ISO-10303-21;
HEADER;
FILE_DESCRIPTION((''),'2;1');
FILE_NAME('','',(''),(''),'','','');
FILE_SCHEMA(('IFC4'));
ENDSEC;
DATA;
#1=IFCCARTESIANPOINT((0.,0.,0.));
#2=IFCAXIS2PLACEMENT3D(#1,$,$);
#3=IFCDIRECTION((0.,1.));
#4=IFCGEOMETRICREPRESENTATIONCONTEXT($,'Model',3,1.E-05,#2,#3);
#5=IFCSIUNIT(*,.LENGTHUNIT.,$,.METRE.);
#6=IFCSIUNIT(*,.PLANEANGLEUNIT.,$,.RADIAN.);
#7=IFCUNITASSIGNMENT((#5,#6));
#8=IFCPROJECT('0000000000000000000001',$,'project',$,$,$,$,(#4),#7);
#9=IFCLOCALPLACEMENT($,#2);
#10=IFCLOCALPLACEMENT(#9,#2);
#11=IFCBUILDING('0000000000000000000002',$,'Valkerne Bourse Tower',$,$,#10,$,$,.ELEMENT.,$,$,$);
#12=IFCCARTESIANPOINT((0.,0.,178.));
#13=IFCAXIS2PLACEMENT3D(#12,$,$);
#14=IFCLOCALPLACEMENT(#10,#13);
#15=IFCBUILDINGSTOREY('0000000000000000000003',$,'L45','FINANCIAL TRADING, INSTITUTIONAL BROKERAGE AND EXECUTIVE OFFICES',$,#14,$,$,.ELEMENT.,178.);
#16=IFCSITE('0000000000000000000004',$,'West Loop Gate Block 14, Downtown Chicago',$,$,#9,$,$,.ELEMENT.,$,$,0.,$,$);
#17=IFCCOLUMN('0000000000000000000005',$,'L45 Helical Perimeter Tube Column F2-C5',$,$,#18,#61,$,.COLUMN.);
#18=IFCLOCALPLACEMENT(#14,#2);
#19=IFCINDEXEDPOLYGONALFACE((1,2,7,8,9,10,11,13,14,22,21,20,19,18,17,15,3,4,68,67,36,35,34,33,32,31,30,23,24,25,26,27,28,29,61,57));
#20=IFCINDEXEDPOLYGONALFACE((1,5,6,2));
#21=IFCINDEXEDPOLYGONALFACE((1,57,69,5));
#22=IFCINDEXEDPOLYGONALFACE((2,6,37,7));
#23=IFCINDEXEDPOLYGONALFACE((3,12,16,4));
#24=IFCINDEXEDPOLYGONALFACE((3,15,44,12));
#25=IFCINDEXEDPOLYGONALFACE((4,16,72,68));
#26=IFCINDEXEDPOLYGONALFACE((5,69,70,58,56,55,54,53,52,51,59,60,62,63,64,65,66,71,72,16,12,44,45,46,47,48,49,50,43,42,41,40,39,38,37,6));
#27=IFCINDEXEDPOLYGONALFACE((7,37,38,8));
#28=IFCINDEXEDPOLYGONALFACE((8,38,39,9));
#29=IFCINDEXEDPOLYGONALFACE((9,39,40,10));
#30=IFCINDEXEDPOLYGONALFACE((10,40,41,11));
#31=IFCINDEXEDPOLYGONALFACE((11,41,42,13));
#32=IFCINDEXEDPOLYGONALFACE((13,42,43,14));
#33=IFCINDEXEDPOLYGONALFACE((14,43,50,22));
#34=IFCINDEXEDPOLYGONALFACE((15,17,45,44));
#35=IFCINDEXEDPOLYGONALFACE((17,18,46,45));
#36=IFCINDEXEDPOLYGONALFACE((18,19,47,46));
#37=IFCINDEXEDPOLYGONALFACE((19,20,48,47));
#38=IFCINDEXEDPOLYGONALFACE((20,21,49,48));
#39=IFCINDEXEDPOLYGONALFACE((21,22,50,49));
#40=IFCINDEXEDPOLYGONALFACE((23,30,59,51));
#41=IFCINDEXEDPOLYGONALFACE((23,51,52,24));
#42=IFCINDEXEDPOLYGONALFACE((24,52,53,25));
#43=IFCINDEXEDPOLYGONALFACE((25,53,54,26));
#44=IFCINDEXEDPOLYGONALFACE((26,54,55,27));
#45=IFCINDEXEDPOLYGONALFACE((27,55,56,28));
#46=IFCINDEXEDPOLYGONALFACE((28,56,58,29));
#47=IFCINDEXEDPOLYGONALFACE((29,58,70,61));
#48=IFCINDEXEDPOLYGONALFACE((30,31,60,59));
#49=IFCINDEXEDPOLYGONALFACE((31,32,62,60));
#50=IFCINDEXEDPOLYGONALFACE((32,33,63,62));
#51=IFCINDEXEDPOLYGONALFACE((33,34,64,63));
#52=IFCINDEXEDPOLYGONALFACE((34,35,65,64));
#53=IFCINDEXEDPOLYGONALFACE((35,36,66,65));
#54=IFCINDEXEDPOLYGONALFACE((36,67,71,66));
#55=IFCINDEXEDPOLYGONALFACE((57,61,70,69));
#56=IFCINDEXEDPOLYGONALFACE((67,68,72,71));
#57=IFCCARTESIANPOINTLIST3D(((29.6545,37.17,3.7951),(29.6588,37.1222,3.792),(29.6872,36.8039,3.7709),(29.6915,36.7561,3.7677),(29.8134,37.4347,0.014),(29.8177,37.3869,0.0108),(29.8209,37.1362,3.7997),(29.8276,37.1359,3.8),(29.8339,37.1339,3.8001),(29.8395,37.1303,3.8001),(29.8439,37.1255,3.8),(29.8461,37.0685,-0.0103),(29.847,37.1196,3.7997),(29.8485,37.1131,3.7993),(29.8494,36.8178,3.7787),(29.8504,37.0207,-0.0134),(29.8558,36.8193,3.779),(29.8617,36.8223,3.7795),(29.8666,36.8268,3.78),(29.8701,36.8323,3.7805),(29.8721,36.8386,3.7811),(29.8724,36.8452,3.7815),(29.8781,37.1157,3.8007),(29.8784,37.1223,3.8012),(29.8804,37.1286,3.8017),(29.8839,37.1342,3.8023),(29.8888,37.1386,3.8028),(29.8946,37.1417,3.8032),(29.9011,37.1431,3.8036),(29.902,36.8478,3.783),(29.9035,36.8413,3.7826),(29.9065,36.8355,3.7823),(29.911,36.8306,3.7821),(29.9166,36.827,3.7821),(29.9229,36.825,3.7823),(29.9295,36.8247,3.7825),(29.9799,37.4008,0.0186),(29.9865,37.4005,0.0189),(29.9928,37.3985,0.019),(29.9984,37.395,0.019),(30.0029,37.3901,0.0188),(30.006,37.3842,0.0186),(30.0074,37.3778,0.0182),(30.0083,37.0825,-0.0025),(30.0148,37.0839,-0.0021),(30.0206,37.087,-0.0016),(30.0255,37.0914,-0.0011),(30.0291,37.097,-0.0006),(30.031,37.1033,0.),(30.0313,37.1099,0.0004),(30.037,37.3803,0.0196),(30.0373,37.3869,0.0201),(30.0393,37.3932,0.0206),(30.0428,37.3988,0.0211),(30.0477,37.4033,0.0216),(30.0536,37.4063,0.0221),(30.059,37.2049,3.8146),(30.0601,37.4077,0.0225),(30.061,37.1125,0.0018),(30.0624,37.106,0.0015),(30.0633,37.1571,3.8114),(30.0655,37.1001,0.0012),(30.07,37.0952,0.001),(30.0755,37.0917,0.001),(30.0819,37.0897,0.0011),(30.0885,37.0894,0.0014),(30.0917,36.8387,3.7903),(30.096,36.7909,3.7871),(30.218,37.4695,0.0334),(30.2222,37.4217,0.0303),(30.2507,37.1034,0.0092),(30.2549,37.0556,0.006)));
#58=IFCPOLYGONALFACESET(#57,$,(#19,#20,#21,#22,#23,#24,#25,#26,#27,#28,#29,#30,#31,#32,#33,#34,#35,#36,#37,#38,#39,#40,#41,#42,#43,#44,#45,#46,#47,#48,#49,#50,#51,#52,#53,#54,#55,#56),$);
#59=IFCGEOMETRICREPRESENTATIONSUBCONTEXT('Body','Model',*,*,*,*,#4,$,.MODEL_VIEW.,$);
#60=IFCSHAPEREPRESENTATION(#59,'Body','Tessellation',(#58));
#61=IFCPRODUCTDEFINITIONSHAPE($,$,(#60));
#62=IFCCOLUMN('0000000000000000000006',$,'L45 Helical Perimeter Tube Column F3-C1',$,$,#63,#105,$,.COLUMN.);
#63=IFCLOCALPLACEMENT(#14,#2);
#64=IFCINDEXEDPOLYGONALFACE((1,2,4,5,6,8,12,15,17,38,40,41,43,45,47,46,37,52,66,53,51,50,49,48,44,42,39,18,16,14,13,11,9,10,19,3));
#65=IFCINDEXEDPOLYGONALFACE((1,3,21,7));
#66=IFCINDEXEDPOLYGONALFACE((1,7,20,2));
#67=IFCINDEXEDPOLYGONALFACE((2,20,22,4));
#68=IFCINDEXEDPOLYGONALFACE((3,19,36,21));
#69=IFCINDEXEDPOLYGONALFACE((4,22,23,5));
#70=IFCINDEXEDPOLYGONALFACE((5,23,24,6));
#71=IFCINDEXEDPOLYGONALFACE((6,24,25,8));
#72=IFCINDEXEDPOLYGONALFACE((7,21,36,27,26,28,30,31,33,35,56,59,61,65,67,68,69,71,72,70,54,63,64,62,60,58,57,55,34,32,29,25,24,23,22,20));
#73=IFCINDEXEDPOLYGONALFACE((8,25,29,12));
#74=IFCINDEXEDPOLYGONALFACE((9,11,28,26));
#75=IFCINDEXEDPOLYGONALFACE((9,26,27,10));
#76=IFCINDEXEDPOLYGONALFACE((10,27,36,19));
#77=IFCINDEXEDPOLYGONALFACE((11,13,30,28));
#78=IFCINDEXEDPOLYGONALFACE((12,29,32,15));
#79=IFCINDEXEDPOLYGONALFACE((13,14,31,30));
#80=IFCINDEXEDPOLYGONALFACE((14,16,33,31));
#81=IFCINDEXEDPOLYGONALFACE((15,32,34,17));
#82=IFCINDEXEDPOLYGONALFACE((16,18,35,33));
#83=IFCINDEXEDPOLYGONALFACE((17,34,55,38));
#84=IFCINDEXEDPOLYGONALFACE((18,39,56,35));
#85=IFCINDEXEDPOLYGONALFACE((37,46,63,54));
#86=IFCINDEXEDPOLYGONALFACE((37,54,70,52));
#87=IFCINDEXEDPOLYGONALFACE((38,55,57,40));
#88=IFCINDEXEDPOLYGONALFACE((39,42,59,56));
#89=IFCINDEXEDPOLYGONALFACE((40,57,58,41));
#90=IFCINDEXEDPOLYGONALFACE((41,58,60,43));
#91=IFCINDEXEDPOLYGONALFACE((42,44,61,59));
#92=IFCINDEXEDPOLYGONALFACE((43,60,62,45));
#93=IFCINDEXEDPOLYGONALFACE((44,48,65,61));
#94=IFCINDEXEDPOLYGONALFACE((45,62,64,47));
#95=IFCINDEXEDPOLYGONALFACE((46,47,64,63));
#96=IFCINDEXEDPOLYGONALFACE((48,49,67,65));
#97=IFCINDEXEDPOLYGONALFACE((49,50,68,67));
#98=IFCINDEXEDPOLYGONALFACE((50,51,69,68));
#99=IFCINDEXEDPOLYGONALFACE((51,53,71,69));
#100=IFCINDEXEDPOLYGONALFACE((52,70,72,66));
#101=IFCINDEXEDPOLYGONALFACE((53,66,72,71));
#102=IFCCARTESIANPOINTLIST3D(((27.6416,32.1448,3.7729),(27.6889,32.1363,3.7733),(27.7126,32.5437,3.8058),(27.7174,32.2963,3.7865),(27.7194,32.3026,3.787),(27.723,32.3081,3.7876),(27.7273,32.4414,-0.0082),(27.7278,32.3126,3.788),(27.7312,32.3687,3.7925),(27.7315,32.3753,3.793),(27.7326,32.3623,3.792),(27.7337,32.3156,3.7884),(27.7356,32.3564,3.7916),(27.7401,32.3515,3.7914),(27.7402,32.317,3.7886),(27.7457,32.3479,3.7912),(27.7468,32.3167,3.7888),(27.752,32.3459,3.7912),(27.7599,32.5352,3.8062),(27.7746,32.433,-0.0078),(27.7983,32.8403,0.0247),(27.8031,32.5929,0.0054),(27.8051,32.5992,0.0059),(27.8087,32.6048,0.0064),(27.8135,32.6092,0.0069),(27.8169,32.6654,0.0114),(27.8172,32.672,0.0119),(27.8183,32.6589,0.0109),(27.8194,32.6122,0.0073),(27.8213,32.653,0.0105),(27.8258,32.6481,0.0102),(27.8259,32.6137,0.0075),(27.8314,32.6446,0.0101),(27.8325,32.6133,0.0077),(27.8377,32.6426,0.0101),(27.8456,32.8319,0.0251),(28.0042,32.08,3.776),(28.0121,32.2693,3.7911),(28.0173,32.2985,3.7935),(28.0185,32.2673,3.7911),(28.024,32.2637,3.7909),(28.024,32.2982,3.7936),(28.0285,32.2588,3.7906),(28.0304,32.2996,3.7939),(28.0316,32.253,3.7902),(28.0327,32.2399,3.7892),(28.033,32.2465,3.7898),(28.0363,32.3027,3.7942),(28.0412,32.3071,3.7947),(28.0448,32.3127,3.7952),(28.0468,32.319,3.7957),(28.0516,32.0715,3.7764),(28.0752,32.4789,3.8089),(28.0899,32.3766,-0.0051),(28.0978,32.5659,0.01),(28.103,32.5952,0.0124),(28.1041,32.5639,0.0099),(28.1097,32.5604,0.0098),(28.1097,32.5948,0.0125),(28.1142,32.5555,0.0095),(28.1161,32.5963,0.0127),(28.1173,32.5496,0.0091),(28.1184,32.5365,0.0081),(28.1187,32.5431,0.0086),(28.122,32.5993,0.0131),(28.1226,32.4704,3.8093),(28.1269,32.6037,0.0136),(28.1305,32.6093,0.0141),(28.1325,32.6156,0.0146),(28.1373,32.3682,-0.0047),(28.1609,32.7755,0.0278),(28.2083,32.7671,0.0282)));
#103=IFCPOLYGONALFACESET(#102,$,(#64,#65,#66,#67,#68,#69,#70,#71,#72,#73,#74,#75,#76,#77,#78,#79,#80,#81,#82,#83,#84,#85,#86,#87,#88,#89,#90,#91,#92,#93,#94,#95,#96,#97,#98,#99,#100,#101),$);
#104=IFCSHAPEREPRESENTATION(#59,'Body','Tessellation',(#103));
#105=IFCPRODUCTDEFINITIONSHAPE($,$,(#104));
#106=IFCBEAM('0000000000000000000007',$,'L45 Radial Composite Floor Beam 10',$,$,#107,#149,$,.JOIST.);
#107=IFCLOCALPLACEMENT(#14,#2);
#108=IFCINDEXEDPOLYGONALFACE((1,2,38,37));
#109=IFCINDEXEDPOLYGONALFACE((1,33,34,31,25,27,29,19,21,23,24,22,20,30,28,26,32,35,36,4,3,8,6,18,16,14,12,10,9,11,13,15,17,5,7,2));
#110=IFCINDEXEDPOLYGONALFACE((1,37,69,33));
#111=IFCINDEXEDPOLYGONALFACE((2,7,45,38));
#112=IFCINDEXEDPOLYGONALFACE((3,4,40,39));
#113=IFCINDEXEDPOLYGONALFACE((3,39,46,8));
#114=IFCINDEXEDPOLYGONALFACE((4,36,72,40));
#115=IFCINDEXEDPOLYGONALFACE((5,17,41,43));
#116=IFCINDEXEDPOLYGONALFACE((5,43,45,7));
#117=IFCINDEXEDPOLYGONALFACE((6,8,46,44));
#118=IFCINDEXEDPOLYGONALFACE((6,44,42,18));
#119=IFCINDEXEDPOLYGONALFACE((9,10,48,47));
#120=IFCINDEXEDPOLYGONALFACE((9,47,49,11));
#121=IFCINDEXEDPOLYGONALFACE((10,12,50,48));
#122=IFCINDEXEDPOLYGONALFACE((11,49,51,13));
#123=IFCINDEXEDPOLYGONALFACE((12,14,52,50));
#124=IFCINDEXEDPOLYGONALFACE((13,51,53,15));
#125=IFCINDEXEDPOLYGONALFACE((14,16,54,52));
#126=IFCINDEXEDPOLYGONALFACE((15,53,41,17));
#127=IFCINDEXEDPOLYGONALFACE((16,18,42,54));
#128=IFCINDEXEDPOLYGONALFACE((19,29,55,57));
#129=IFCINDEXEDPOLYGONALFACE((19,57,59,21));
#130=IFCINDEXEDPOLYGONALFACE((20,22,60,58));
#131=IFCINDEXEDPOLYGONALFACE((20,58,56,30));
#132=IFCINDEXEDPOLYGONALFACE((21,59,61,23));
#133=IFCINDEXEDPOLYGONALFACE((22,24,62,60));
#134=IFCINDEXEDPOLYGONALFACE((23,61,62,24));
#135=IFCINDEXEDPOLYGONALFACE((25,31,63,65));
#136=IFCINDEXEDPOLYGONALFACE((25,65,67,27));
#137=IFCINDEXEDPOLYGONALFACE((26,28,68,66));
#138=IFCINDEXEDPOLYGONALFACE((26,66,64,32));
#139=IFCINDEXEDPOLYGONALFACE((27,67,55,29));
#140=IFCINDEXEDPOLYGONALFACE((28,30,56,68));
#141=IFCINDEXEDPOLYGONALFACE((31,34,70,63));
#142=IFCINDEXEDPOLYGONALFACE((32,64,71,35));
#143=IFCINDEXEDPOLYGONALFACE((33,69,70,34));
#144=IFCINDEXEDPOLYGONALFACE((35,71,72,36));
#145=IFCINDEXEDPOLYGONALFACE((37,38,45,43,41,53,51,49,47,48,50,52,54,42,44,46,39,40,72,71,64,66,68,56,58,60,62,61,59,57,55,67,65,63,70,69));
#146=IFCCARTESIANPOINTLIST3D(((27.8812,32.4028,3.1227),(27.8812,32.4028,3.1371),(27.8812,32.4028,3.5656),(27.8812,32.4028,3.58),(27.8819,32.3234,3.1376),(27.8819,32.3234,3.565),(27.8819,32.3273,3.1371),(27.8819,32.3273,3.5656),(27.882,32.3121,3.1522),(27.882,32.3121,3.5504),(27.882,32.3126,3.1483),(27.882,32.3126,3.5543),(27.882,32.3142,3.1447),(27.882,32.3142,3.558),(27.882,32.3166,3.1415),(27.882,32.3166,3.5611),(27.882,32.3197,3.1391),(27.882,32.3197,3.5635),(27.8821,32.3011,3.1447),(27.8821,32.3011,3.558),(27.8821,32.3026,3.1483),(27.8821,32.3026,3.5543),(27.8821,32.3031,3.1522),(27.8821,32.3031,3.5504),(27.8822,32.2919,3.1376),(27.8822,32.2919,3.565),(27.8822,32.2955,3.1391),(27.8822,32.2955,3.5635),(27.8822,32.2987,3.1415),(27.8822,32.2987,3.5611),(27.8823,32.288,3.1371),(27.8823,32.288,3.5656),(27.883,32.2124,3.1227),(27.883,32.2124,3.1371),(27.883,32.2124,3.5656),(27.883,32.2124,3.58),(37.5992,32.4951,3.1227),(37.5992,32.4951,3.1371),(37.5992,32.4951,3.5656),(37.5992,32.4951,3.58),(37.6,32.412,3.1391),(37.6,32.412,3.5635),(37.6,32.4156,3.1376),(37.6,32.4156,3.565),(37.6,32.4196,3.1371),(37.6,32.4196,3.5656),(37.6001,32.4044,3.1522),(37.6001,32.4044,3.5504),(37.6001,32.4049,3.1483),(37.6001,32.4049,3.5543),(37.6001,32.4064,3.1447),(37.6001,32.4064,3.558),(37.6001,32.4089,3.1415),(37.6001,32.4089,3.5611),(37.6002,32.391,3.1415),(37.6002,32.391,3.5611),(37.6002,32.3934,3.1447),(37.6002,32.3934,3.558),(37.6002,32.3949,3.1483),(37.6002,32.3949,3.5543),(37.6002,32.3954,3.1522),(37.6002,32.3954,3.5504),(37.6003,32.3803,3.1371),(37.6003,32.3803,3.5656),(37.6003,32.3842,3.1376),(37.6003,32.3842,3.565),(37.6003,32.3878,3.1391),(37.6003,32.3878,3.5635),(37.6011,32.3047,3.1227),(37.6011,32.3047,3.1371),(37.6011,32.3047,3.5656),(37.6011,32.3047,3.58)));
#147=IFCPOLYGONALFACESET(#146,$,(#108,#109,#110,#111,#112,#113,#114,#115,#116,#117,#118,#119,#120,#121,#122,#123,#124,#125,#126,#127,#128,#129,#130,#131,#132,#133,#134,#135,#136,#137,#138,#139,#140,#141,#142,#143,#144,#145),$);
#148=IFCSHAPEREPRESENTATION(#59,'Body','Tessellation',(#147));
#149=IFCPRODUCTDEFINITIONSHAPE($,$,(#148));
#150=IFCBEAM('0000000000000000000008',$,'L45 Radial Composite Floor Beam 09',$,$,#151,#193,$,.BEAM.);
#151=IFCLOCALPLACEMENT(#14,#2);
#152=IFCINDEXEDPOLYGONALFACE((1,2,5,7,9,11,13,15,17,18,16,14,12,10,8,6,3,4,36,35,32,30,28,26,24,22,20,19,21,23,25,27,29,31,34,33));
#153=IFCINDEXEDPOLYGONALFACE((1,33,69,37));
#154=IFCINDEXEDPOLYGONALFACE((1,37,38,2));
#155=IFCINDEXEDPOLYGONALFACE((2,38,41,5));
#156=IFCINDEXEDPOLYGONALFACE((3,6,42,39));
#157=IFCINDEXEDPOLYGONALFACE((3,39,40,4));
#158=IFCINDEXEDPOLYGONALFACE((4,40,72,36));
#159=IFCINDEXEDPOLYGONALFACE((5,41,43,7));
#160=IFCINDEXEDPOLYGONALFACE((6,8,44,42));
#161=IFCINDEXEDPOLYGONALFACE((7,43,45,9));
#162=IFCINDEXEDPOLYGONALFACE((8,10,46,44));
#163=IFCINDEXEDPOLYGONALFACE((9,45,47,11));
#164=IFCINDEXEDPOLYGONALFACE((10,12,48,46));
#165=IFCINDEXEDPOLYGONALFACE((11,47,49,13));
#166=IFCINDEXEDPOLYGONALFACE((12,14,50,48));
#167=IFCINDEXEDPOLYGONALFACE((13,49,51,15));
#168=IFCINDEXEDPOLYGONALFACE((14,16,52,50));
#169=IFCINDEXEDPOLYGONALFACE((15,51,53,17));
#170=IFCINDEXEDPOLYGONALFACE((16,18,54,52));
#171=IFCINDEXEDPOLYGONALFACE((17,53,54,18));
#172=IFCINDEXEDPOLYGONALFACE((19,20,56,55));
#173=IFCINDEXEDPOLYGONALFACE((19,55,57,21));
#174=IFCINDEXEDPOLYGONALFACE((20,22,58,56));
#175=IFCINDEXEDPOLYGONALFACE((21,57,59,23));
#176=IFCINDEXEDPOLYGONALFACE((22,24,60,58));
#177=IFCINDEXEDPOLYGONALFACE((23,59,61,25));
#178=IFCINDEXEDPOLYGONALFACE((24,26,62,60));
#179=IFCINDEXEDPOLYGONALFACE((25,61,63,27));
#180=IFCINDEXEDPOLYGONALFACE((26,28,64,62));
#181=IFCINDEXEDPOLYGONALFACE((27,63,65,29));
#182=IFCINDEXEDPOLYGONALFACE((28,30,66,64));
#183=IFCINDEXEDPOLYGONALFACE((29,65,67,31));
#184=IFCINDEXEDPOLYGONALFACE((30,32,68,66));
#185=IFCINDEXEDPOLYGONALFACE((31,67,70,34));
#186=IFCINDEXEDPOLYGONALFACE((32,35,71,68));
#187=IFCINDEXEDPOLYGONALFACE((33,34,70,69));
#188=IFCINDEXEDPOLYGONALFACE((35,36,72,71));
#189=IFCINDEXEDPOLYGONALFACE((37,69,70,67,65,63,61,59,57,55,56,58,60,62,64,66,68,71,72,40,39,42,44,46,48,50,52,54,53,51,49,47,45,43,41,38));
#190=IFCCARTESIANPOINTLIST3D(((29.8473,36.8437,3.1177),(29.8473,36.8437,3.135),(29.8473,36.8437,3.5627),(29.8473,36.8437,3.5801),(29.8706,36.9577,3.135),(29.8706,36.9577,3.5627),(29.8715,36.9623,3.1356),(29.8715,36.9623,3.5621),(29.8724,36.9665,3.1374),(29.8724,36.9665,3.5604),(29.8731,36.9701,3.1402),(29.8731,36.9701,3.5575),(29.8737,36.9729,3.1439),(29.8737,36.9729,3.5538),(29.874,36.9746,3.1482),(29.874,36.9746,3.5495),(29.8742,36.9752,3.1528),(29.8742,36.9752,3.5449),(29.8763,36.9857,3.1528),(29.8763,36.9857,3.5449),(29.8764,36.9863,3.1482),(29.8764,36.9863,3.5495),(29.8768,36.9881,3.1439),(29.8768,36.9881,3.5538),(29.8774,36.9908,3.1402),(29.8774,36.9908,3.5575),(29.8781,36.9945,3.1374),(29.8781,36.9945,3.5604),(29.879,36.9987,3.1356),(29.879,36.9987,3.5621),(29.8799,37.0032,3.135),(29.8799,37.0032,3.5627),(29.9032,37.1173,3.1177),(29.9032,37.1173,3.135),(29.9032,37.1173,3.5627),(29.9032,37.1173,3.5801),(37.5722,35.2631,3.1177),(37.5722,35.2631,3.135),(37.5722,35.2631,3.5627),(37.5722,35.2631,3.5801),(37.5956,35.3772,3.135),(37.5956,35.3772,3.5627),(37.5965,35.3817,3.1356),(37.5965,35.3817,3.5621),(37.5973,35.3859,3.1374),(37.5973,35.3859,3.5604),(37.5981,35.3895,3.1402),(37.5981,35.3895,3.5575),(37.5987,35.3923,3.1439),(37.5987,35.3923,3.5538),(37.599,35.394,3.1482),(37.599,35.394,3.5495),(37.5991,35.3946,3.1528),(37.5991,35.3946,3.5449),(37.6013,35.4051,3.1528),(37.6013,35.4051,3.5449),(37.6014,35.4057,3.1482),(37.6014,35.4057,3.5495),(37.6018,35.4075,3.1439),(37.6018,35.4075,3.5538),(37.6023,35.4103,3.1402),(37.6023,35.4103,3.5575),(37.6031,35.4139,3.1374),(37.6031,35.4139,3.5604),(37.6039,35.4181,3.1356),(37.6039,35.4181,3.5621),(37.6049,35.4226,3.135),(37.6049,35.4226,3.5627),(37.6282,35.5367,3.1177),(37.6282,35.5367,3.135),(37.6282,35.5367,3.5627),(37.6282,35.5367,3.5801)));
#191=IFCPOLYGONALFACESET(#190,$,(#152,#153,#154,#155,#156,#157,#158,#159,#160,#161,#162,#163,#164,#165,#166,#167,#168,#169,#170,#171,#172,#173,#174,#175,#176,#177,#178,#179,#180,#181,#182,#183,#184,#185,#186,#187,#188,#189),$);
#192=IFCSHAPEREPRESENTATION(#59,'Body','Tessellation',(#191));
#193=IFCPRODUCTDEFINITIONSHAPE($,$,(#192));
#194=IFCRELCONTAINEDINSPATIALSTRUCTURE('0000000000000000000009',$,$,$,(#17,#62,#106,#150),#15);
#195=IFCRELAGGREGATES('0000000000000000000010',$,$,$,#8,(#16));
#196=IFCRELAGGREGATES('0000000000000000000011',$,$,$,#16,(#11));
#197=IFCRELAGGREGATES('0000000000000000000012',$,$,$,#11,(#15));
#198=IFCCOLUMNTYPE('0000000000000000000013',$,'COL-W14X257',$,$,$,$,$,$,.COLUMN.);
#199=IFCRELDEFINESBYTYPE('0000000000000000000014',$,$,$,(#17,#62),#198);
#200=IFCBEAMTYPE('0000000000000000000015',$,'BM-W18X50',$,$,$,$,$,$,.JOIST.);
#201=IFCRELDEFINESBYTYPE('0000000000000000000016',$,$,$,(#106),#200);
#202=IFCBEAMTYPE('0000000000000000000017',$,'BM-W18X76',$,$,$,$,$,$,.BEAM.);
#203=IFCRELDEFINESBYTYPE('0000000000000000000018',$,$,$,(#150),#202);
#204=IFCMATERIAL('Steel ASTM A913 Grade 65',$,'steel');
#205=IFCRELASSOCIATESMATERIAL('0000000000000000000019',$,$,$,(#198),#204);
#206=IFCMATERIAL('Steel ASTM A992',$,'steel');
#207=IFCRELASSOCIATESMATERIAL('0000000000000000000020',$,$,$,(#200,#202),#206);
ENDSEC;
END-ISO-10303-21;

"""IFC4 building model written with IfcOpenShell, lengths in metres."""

from ifc_helpers import new_model, si_unit, direction, frame, origin, origin_2d, place, context, subcontext, project, spatial, i_section, extrude, material, material_profile, profile_set, type_object, element, save


model = new_model("IFC4")

# Units and contexts
model_context = context("Model", 3, precision=1e-05, world=origin(), true_north=direction((0.0, 1.0)))
body_context = subcontext(model_context, "Body", "Model", "MODEL_VIEW")
ifc_project = project(units=[si_unit("LENGTHUNIT", "METRE"), si_unit("PLANEANGLEUNIT", "RADIAN")], contexts=[model_context])

# Site, building, storey
site_placement = place(None, origin())
site = spatial("IfcSite", under=ifc_project, at=site_placement, Name="West Loop Gate Block 14, Downtown Chicago", CompositionType="ELEMENT", RefElevation=0.0)
building_placement = place(site_placement, origin())
building = spatial("IfcBuilding", under=site, at=building_placement, Name="Valkerne Bourse Tower", CompositionType="ELEMENT")
storey_placement = place(building_placement, frame((0.0, 0.0, 178.0)))
storey = spatial("IfcBuildingStorey", under=building, at=storey_placement, Name="L45", Description="FINANCIAL TRADING, INSTITUTIONAL BROKERAGE AND EXECUTIVE OFFICES", CompositionType="ELEMENT", Elevation=178.0)

# Columns
ifc_material_1 = material(Name="Steel ASTM A913 Grade 65", Category="steel")
ifc_material_profile_1 = material_profile(ifc_material_1, i_section(OverallWidth=0.4065, OverallDepth=0.4165, WebThickness=0.0298, FlangeThickness=0.0481, FilletRadius=0.0254, at=origin_2d()), Name="W14X257")
ifc_profile_set_1 = profile_set([ifc_material_profile_1], Name="Steel ASTM A913 Grade 65")
column_type = type_object("IfcColumnType", Name="COL-W14X257", PredefinedType="COLUMN", material=ifc_profile_set_1)
for number, where, z_axis, x_axis, name in (
    (1, (30.0342, 37.2451, 0.01), (-0.041896, -0.069762, 0.996683), (-0.995171, -0.085709, -0.047831), "L45 Helical Perimeter Tube Column F2-C5"),
    (2, (27.9678, 32.6042, 0.01), (-0.022589, -0.078193, 0.996682), (-0.174682, -0.981292, -0.080944), "L45 Helical Perimeter Tube Column F3-C1"),
):
    element("IfcColumn", number, at=place(storey_placement, frame(where, z_axis=z_axis, x_axis=x_axis)), inside=storey, type_object=column_type, Name=name, PredefinedType="COLUMN", context=body_context, shape_type="SweptSolid", body=[
        extrude(i_section(OverallWidth=0.4065, OverallDepth=0.4165, WebThickness=0.0298, FlangeThickness=0.0481, FilletRadius=0.0254, at=origin_2d()), origin(), (0.0, 0.0, 1.0), 3.7937),
    ])

# Beams
ifc_material_2 = material(Name="Steel ASTM A992", Category="steel")
ifc_material_profile_2 = material_profile(ifc_material_2, i_section(OverallWidth=0.1904, OverallDepth=0.4573, WebThickness=0.009, FlangeThickness=0.0144, FilletRadius=0.0151, at=origin_2d()), Name="W18X50")
ifc_profile_set_2 = profile_set([ifc_material_profile_2], Name="Steel ASTM A992")
beam_type_1 = type_object("IfcBeamType", Name="BM-W18X50", PredefinedType="JOIST", material=ifc_profile_set_2)
beam_1_placement = place(storey_placement, frame((27.8821, 32.3076, 3.3513), z_axis=(0.999955, 0.009496, 0.0), x_axis=(-0.009496, 0.999955, 0.0)))
element("IfcBeam", 3, at=beam_1_placement, inside=storey, type_object=beam_type_1, Name="L45 Radial Composite Floor Beam 10", PredefinedType="JOIST", context=body_context, shape_type="SweptSolid", body=[
    extrude(i_section(OverallWidth=0.1904, OverallDepth=0.4573, WebThickness=0.009, FlangeThickness=0.0144, FilletRadius=0.0151, at=origin_2d()), origin(), (0.0, 0.0, 1.0), 9.7185),
])
ifc_material_profile_3 = material_profile(ifc_material_2, i_section(OverallWidth=0.2793, OverallDepth=0.4624, WebThickness=0.0107, FlangeThickness=0.0173, FilletRadius=0.0178, at=origin_2d()), Name="W18X76")
ifc_profile_set_3 = profile_set([ifc_material_profile_3], Name="Steel ASTM A992")
beam_type_2 = type_object("IfcBeamType", Name="BM-W18X76", PredefinedType="BEAM", material=ifc_profile_set_3)
beam_2_placement = place(storey_placement, frame((29.8752, 36.9805, 3.3489), z_axis=(0.979703, -0.200455, 0.0), x_axis=(0.200455, 0.979703, 0.0)))
element("IfcBeam", 4, at=beam_2_placement, inside=storey, type_object=beam_type_2, Name="L45 Radial Composite Floor Beam 09", PredefinedType="BEAM", context=body_context, shape_type="SweptSolid", body=[
    extrude(i_section(OverallWidth=0.2793, OverallDepth=0.4624, WebThickness=0.0107, FlangeThickness=0.0173, FilletRadius=0.0178, at=origin_2d()), origin(), (0.0, 0.0, 1.0), 7.885),
])

save(model, "model.ifc")
